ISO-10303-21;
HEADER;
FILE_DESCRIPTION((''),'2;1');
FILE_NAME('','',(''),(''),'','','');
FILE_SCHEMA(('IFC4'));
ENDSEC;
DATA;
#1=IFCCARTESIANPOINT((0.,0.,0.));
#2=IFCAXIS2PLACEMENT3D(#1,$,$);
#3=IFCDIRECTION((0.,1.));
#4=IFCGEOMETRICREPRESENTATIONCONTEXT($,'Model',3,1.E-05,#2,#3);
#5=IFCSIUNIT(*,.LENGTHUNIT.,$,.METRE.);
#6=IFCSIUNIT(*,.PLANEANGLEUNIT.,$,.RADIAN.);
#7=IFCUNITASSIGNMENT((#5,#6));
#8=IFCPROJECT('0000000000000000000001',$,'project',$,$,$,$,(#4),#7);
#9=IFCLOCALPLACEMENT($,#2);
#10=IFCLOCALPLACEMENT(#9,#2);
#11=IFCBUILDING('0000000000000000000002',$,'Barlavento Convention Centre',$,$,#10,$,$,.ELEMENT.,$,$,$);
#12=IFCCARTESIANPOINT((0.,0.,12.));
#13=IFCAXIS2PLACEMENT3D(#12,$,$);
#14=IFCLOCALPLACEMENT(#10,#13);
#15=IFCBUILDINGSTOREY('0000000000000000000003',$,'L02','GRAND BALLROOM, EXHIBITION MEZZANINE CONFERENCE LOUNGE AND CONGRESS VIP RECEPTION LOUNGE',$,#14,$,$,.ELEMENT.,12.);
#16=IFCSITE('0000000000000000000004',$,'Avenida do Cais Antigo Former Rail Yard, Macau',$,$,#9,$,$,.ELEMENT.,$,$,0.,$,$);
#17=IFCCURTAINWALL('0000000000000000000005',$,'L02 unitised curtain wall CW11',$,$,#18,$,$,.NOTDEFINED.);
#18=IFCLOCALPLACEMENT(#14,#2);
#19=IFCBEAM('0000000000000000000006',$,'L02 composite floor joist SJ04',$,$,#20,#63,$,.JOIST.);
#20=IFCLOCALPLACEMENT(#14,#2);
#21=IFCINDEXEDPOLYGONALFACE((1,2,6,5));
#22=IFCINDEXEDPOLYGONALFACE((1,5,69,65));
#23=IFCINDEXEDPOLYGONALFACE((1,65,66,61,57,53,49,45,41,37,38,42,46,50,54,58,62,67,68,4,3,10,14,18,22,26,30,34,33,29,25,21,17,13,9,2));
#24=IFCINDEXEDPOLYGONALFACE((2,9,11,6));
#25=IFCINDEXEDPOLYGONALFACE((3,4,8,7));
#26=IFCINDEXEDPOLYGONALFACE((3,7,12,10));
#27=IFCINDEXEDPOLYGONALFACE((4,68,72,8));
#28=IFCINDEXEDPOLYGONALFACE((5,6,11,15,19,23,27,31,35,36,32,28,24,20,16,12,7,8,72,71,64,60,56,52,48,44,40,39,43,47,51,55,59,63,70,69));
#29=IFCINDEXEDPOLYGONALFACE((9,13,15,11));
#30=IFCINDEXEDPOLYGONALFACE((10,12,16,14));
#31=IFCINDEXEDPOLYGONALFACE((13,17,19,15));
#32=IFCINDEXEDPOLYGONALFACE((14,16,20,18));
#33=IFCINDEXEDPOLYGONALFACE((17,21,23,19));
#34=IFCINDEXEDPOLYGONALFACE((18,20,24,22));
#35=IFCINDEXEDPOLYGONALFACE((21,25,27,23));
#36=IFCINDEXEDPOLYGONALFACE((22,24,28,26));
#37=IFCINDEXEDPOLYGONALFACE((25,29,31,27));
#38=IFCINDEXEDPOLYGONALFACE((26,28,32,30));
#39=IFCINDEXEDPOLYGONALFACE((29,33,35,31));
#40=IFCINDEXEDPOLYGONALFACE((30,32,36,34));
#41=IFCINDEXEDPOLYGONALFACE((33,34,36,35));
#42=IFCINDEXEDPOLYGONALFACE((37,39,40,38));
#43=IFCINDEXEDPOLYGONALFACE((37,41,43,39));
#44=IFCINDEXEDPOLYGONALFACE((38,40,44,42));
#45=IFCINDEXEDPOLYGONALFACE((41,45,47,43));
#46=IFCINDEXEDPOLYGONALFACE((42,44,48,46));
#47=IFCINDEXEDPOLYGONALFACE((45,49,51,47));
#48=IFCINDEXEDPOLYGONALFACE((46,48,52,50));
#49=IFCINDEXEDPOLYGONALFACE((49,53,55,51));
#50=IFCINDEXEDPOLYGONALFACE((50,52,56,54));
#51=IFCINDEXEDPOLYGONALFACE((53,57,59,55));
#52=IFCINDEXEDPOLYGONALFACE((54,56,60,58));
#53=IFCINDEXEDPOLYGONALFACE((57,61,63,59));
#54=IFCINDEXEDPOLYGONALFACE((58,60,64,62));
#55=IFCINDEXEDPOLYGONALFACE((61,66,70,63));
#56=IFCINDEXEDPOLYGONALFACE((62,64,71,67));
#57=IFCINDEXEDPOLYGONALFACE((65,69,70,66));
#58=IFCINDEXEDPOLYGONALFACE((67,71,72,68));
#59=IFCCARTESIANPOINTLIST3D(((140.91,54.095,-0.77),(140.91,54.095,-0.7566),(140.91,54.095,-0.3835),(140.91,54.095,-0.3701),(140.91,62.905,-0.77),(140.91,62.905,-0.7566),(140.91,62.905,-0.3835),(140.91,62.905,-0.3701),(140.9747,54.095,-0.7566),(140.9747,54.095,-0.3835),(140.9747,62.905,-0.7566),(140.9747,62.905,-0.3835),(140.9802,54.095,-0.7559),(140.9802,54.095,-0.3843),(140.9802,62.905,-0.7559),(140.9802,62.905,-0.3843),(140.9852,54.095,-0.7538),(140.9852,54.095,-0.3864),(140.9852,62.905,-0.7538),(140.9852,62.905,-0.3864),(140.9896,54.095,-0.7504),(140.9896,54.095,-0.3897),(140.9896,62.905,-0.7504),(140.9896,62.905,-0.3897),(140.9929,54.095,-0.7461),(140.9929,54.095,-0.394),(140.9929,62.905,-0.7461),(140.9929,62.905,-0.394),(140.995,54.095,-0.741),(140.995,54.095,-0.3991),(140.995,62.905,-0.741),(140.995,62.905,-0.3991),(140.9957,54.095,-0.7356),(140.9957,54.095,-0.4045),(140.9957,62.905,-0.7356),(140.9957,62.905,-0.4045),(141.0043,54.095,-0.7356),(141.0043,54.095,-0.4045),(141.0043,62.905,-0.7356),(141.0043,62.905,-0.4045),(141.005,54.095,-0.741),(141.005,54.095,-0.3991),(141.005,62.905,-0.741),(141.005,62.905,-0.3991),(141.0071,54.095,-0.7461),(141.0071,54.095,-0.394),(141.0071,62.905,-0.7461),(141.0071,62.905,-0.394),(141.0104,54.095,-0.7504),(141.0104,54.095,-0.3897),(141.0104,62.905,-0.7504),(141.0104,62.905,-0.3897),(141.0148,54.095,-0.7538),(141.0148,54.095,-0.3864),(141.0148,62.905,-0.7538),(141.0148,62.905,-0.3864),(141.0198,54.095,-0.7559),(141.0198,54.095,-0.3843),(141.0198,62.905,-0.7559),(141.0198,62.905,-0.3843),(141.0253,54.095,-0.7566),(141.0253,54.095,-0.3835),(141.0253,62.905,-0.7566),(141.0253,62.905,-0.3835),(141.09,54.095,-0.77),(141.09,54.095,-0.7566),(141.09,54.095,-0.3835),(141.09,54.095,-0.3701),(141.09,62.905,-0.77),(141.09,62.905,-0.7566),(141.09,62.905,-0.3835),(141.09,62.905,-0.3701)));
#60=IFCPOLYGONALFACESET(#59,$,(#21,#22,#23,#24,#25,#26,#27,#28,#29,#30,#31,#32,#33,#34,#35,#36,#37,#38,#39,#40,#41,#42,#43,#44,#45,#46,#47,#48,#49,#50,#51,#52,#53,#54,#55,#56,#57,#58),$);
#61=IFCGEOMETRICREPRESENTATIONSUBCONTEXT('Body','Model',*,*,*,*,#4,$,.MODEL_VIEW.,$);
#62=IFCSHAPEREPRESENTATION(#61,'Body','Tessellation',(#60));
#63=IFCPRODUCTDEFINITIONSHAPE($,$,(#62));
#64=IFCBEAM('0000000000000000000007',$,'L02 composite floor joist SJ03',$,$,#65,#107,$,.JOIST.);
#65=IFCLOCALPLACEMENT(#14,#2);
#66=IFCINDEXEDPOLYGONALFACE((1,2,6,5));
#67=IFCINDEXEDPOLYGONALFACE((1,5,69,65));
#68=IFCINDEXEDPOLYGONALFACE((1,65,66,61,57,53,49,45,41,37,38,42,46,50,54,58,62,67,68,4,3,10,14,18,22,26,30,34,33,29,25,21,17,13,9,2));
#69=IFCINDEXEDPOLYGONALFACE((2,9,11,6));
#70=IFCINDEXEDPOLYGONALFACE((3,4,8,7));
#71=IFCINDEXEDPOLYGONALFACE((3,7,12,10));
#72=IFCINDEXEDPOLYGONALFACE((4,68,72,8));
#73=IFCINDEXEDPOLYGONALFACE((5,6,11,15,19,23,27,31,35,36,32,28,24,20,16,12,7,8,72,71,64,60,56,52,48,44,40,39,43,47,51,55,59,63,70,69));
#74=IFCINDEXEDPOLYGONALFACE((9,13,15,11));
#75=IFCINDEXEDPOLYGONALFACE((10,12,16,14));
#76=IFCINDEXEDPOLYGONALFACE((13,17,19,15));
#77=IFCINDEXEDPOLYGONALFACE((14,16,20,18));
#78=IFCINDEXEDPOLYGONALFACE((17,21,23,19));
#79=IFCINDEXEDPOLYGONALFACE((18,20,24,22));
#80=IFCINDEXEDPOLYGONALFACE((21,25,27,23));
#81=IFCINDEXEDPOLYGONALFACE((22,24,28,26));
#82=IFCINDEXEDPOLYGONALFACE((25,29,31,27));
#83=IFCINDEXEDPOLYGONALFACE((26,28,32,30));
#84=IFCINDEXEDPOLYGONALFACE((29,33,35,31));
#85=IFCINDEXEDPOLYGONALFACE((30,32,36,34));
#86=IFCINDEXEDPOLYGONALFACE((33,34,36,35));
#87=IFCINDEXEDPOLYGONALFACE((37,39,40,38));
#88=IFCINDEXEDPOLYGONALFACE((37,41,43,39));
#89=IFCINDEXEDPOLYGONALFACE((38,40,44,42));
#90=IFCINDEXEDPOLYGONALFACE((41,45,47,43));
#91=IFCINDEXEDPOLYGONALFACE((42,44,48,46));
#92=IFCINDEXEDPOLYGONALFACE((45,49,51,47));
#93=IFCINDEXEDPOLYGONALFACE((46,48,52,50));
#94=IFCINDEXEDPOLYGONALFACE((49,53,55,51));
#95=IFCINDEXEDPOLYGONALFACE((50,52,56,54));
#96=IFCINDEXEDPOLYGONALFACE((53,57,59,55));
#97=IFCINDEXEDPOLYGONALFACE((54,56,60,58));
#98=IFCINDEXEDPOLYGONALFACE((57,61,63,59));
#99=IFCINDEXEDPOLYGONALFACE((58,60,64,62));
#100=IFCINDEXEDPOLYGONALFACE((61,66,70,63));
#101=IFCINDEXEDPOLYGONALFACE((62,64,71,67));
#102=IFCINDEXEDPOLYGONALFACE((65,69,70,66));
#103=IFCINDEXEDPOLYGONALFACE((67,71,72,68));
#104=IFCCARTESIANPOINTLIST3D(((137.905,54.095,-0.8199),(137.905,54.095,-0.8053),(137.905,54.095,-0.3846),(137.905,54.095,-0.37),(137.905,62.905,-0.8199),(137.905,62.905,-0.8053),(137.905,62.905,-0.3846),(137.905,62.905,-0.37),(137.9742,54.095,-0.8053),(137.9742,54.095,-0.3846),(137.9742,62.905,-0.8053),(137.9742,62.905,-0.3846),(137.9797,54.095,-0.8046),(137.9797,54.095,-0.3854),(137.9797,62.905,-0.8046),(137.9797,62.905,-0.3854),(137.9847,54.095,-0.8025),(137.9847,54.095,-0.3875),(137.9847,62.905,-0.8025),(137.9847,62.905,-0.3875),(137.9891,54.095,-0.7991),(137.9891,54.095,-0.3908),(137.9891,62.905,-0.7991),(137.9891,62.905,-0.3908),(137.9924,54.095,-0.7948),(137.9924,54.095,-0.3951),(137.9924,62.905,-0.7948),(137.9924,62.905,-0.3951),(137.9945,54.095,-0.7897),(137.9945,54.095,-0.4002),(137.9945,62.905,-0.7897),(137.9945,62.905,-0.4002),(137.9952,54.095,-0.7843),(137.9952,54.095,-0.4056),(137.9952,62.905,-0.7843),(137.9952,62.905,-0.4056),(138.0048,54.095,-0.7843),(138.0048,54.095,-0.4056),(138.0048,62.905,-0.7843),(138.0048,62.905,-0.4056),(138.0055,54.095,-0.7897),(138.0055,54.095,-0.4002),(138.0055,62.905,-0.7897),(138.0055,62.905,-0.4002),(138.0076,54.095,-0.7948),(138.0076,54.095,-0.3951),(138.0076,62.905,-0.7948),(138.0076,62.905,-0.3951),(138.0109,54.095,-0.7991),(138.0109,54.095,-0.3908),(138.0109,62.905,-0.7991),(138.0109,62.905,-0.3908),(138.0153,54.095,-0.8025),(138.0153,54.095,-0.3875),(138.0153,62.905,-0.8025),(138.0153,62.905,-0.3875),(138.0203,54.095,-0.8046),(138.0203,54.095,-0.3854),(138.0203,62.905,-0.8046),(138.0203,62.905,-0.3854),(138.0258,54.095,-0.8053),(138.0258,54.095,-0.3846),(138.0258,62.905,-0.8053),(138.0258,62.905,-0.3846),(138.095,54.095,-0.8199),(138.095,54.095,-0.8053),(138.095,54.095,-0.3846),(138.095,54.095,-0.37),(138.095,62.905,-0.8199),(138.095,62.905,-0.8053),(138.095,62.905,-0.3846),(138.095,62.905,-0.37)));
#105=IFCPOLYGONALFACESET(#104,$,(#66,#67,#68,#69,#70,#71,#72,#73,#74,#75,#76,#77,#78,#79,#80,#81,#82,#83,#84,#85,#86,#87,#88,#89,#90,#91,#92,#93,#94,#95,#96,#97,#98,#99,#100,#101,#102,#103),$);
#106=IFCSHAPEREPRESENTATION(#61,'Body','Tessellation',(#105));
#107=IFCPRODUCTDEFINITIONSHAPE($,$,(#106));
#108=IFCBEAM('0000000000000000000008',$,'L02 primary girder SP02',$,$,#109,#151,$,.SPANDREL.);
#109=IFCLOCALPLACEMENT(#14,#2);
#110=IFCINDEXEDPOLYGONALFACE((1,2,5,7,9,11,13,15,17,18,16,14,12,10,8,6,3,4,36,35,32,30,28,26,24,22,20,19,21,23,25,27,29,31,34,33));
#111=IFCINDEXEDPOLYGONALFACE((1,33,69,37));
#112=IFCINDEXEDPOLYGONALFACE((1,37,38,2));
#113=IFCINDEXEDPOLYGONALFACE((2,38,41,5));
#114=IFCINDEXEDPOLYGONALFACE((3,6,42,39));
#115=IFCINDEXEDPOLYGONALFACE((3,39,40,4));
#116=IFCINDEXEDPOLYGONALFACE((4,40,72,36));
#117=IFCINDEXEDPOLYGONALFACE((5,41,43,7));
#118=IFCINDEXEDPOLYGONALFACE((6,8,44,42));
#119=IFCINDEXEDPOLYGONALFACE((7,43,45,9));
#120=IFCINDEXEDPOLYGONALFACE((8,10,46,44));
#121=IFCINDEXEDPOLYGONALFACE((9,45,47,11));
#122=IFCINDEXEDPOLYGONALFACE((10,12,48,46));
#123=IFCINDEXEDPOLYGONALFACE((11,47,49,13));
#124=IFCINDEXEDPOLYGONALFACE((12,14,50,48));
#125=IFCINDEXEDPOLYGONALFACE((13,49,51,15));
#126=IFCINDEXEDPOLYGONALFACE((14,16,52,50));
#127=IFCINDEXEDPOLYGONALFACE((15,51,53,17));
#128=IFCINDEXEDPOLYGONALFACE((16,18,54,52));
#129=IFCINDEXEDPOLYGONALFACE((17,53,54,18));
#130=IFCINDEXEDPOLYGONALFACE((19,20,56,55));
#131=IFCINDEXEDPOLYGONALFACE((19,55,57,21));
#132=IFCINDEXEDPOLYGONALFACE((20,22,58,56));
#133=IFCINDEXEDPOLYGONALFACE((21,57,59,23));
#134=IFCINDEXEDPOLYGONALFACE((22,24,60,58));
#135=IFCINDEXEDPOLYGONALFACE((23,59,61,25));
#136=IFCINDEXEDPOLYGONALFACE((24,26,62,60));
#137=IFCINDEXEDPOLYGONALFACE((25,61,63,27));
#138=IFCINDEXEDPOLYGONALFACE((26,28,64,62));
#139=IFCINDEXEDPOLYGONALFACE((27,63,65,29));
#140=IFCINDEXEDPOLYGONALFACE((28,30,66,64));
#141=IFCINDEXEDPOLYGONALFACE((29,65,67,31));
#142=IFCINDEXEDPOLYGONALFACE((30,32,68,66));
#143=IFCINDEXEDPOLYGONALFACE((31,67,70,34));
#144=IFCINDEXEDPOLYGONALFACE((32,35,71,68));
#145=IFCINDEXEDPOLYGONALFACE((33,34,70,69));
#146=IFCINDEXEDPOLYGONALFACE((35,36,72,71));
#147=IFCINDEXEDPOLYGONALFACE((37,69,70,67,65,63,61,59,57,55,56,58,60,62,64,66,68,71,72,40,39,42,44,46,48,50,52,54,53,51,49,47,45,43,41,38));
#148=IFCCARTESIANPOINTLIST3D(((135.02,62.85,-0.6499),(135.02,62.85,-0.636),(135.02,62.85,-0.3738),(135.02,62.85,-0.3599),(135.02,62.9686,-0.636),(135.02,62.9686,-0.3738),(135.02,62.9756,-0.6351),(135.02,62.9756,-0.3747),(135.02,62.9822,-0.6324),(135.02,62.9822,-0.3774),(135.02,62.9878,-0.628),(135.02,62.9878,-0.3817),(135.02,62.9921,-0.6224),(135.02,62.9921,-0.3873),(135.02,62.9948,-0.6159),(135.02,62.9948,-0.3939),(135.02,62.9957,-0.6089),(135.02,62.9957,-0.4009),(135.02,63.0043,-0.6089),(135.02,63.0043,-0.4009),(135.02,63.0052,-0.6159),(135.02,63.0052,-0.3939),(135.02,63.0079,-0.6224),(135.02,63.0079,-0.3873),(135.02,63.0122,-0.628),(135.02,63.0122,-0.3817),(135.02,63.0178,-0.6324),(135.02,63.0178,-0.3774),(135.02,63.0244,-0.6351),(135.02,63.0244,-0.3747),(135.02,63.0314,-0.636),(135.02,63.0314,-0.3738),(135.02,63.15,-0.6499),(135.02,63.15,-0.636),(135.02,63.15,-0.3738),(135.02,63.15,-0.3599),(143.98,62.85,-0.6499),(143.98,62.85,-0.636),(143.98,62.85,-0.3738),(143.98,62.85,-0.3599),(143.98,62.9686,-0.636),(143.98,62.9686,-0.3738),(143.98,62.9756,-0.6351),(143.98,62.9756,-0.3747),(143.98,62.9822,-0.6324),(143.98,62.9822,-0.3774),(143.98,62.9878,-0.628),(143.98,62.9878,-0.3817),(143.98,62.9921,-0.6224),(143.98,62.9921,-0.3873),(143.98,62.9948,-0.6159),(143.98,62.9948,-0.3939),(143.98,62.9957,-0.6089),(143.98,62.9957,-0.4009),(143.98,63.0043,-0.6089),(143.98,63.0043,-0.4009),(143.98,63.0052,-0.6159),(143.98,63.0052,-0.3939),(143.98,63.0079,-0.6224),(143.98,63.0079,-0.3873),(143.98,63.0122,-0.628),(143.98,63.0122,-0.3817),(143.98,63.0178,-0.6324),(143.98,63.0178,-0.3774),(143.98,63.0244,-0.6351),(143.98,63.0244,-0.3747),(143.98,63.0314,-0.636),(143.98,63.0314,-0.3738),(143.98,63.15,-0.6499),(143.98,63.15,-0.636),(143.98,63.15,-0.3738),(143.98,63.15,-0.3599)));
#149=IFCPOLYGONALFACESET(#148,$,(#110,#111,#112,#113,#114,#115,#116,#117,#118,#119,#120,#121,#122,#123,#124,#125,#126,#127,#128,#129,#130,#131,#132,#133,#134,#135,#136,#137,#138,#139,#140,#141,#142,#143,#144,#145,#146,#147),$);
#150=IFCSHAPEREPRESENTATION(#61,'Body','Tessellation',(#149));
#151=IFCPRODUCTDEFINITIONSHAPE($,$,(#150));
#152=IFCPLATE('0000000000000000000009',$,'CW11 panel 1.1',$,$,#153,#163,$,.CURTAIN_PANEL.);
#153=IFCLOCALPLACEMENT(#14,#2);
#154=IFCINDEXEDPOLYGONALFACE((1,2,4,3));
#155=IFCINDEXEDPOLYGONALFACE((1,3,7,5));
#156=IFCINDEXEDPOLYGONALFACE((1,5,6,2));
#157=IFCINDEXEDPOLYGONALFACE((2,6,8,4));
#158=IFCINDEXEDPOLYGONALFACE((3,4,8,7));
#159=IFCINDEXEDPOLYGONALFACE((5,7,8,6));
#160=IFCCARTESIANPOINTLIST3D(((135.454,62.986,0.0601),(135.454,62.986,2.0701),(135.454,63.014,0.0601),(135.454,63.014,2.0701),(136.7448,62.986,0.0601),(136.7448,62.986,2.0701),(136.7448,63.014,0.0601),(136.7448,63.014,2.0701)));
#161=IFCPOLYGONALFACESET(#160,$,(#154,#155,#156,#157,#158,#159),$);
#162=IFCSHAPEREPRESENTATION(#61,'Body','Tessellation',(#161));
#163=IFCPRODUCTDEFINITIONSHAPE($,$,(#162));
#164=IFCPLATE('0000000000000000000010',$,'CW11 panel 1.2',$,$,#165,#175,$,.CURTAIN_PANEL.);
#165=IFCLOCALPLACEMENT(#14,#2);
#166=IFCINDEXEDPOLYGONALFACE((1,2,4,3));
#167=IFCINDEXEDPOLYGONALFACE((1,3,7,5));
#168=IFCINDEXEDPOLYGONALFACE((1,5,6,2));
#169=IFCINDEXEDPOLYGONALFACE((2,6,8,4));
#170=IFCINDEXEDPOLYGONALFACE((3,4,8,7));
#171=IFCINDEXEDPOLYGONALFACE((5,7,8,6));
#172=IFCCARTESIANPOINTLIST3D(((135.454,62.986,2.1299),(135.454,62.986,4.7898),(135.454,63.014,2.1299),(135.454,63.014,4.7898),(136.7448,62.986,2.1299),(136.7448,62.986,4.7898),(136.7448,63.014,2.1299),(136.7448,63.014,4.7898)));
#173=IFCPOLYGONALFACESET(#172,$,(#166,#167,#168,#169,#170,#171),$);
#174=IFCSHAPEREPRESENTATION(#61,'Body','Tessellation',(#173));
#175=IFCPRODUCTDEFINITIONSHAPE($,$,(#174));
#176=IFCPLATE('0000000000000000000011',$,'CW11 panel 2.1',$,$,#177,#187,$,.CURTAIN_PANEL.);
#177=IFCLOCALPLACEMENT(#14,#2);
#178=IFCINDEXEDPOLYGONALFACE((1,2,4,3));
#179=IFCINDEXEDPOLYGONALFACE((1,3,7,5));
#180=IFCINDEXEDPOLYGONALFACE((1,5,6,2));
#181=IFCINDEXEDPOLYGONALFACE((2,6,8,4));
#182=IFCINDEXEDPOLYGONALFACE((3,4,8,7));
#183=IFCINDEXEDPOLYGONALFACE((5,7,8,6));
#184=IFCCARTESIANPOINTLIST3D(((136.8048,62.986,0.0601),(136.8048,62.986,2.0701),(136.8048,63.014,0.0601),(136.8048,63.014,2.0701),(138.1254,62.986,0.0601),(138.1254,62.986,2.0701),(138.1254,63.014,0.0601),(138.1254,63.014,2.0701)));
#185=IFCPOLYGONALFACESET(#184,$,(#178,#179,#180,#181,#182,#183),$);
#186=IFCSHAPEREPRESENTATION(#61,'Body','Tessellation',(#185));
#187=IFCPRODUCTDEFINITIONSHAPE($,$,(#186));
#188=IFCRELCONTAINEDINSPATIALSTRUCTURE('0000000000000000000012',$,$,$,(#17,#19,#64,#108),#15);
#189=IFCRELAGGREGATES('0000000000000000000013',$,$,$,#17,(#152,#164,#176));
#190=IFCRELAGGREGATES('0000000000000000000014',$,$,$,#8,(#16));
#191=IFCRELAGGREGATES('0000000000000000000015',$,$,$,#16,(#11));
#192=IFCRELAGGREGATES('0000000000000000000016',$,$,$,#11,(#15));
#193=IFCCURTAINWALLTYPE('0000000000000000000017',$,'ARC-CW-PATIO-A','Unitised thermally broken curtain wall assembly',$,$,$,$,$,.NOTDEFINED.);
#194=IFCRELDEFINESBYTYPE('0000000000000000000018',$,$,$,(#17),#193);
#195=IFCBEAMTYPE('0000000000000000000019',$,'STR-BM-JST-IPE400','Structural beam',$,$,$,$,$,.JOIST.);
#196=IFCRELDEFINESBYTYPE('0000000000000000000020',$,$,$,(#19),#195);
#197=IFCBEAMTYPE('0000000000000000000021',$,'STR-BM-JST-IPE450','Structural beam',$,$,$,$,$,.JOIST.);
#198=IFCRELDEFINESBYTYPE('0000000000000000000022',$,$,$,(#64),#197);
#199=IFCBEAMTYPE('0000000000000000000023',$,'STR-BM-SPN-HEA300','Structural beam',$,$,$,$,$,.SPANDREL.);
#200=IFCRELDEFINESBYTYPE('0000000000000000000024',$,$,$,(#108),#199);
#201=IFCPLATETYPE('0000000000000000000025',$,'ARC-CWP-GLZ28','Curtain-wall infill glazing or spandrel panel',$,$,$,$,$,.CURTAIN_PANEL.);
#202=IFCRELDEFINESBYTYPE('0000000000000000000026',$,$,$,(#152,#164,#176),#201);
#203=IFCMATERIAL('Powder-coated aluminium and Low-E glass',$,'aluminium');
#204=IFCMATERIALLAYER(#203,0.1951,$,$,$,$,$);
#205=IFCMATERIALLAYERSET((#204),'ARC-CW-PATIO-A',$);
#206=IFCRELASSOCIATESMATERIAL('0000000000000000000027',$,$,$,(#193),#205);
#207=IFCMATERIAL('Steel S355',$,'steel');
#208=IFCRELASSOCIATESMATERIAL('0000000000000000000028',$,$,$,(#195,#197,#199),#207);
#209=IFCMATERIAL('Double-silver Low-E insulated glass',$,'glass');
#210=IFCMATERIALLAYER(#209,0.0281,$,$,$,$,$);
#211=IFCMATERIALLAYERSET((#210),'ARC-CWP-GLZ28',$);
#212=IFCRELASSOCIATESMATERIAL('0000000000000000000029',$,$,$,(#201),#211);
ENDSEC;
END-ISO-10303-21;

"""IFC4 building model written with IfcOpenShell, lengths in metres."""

from ifc_helpers import new_model, si_unit, direction, frame, origin, origin_2d, place, context, subcontext, project, spatial, rectangle, i_section, extrude, material, layer, layer_set, material_profile, profile_set, type_object, element, aggregate, save


model = new_model("IFC4")

# Units and contexts
model_context = context("Model", 3, precision=1e-05, world=origin(), true_north=direction((0.0, 1.0)))
body_context = subcontext(model_context, "Body", "Model", "MODEL_VIEW")
ifc_project = project(units=[si_unit("LENGTHUNIT", "METRE"), si_unit("PLANEANGLEUNIT", "RADIAN")], contexts=[model_context])

# Site, building, storey
site_placement = place(None, origin())
site = spatial("IfcSite", under=ifc_project, at=site_placement, Name="Avenida do Cais Antigo Former Rail Yard, Macau", CompositionType="ELEMENT", RefElevation=0.0)
building_placement = place(site_placement, origin())
building = spatial("IfcBuilding", under=site, at=building_placement, Name="Barlavento Convention Centre", CompositionType="ELEMENT")
storey_placement = place(building_placement, frame((0.0, 0.0, 12.0)))
storey = spatial("IfcBuildingStorey", under=building, at=storey_placement, Name="L02", Description="GRAND BALLROOM, EXHIBITION MEZZANINE CONFERENCE LOUNGE AND CONGRESS VIP RECEPTION LOUNGE", CompositionType="ELEMENT", Elevation=12.0)

# Shared definitions
ifc_material_1 = material(Name="Steel S355", Category="steel")

# Curtain wall
ifc_material_2 = material(Name="Powder-coated aluminium and Low-E glass", Category="aluminium")
ifc_layer_1 = layer(ifc_material_2, 0.1951)
ifc_layer_set_1 = layer_set([ifc_layer_1], Name="ARC-CW-PATIO-A")
curtain_wall_type = type_object("IfcCurtainWallType", Name="ARC-CW-PATIO-A", Description="Unitised thermally broken curtain wall assembly", PredefinedType="NOTDEFINED", material=ifc_layer_set_1)
curtain_wall_placement = place(storey_placement, origin())
curtain_wall = element("IfcCurtainWall", 1, at=curtain_wall_placement, inside=storey, type_object=curtain_wall_type, Name="L02 unitised curtain wall CW11", PredefinedType="NOTDEFINED")

# Beams
ifc_material_profile_1 = material_profile(ifc_material_1, i_section(OverallWidth=0.1799, OverallDepth=0.3999, WebThickness=0.0085, FlangeThickness=0.0134, FilletRadius=0.021, at=origin_2d()), Name="IPE 400")
ifc_profile_set_1 = profile_set([ifc_material_profile_1], Name="Steel S355")
beam_type_1 = type_object("IfcBeamType", Name="STR-BM-JST-IPE400", Description="Structural beam", PredefinedType="JOIST", material=ifc_profile_set_1)
beam_1_placement = place(storey_placement, frame((141.0, 54.095, -0.5701), z_axis=(0.0, 1.0, 0.0), x_axis=(-1.0, 0.0, 0.0)))
element("IfcBeam", 2, at=beam_1_placement, inside=storey, type_object=beam_type_1, Name="L02 composite floor joist SJ04", PredefinedType="JOIST", context=body_context, shape_type="SweptSolid", body=[
    extrude(i_section(OverallWidth=0.1799, OverallDepth=0.3999, WebThickness=0.0085, FlangeThickness=0.0134, FilletRadius=0.021, at=origin_2d()), origin(), (0.0, 0.0, 1.0), 8.8101),
])
ifc_material_profile_2 = material_profile(ifc_material_1, i_section(OverallWidth=0.1899, OverallDepth=0.45, WebThickness=0.0095, FlangeThickness=0.0146, FilletRadius=0.021, at=origin_2d()), Name="IPE 450")
ifc_profile_set_2 = profile_set([ifc_material_profile_2], Name="Steel S355")
beam_type_2 = type_object("IfcBeamType", Name="STR-BM-JST-IPE450", Description="Structural beam", PredefinedType="JOIST", material=ifc_profile_set_2)
beam_2_placement = place(storey_placement, frame((138.0, 54.095, -0.595), z_axis=(0.0, 1.0, 0.0), x_axis=(-1.0, 0.0, 0.0)))
element("IfcBeam", 3, at=beam_2_placement, inside=storey, type_object=beam_type_2, Name="L02 composite floor joist SJ03", PredefinedType="JOIST", context=body_context, shape_type="SweptSolid", body=[
    extrude(i_section(OverallWidth=0.1899, OverallDepth=0.45, WebThickness=0.0095, FlangeThickness=0.0146, FilletRadius=0.021, at=origin_2d()), origin(), (0.0, 0.0, 1.0), 8.8101),
])
ifc_material_profile_3 = material_profile(ifc_material_1, i_section(OverallWidth=0.3, OverallDepth=0.29, WebThickness=0.0085, FlangeThickness=0.0139, FilletRadius=0.0271, at=origin_2d()), Name="HEA 300")
ifc_profile_set_3 = profile_set([ifc_material_profile_3], Name="Steel S355")
beam_type_3 = type_object("IfcBeamType", Name="STR-BM-SPN-HEA300", Description="Structural beam", PredefinedType="SPANDREL", material=ifc_profile_set_3)
beam_3_placement = place(storey_placement, frame((135.02, 63.0, -0.5049), z_axis=(1.0, 0.0, 0.0), x_axis=(0.0, 1.0, 0.0)))
element("IfcBeam", 4, at=beam_3_placement, inside=storey, type_object=beam_type_3, Name="L02 primary girder SP02", PredefinedType="SPANDREL", context=body_context, shape_type="SweptSolid", body=[
    extrude(i_section(OverallWidth=0.3, OverallDepth=0.29, WebThickness=0.0085, FlangeThickness=0.0139, FilletRadius=0.0271, at=origin_2d()), origin(), (0.0, 0.0, 1.0), 8.96),
])

# Plates
ifc_material_3 = material(Name="Double-silver Low-E insulated glass", Category="glass")
ifc_layer_2 = layer(ifc_material_3, 0.0281)
ifc_layer_set_2 = layer_set([ifc_layer_2], Name="ARC-CWP-GLZ28")
plate_type = type_object("IfcPlateType", Name="ARC-CWP-GLZ28", Description="Curtain-wall infill glazing or spandrel panel", PredefinedType="CURTAIN_PANEL", material=ifc_layer_set_2)
plate_1_placement = place(storey_placement, frame((136.0994, 63.0, 0.0601), z_axis=(0.0, 0.0, 1.0), x_axis=(1.0, 0.0, 0.0)))
plate_1 = element("IfcPlate", 5, at=plate_1_placement, type_object=plate_type, Name="CW11 panel 1.1", PredefinedType="CURTAIN_PANEL", context=body_context, shape_type="SweptSolid", body=[
    extrude(rectangle(XDim=1.2908, YDim=0.0281, at=origin_2d()), origin(), (0.0, 0.0, 1.0), 2.01),
])
plate_2_placement = place(storey_placement, frame((136.0994, 63.0, 2.1299), z_axis=(0.0, 0.0, 1.0), x_axis=(1.0, 0.0, 0.0)))
plate_2 = element("IfcPlate", 6, at=plate_2_placement, type_object=plate_type, Name="CW11 panel 1.2", PredefinedType="CURTAIN_PANEL", context=body_context, shape_type="SweptSolid", body=[
    extrude(rectangle(XDim=1.2908, YDim=0.0281, at=origin_2d()), origin(), (0.0, 0.0, 1.0), 2.6599),
])
plate_3_placement = place(storey_placement, frame((137.4651, 63.0, 0.0601), z_axis=(0.0, 0.0, 1.0), x_axis=(1.0, 0.0, 0.0)))
plate_3 = element("IfcPlate", 7, at=plate_3_placement, type_object=plate_type, Name="CW11 panel 2.1", PredefinedType="CURTAIN_PANEL", context=body_context, shape_type="SweptSolid", body=[
    extrude(rectangle(XDim=1.3206, YDim=0.0281, at=origin_2d()), origin(), (0.0, 0.0, 1.0), 2.01),
])
aggregate(curtain_wall, [plate_1, plate_2, plate_3])

save(model, "model.ifc")
